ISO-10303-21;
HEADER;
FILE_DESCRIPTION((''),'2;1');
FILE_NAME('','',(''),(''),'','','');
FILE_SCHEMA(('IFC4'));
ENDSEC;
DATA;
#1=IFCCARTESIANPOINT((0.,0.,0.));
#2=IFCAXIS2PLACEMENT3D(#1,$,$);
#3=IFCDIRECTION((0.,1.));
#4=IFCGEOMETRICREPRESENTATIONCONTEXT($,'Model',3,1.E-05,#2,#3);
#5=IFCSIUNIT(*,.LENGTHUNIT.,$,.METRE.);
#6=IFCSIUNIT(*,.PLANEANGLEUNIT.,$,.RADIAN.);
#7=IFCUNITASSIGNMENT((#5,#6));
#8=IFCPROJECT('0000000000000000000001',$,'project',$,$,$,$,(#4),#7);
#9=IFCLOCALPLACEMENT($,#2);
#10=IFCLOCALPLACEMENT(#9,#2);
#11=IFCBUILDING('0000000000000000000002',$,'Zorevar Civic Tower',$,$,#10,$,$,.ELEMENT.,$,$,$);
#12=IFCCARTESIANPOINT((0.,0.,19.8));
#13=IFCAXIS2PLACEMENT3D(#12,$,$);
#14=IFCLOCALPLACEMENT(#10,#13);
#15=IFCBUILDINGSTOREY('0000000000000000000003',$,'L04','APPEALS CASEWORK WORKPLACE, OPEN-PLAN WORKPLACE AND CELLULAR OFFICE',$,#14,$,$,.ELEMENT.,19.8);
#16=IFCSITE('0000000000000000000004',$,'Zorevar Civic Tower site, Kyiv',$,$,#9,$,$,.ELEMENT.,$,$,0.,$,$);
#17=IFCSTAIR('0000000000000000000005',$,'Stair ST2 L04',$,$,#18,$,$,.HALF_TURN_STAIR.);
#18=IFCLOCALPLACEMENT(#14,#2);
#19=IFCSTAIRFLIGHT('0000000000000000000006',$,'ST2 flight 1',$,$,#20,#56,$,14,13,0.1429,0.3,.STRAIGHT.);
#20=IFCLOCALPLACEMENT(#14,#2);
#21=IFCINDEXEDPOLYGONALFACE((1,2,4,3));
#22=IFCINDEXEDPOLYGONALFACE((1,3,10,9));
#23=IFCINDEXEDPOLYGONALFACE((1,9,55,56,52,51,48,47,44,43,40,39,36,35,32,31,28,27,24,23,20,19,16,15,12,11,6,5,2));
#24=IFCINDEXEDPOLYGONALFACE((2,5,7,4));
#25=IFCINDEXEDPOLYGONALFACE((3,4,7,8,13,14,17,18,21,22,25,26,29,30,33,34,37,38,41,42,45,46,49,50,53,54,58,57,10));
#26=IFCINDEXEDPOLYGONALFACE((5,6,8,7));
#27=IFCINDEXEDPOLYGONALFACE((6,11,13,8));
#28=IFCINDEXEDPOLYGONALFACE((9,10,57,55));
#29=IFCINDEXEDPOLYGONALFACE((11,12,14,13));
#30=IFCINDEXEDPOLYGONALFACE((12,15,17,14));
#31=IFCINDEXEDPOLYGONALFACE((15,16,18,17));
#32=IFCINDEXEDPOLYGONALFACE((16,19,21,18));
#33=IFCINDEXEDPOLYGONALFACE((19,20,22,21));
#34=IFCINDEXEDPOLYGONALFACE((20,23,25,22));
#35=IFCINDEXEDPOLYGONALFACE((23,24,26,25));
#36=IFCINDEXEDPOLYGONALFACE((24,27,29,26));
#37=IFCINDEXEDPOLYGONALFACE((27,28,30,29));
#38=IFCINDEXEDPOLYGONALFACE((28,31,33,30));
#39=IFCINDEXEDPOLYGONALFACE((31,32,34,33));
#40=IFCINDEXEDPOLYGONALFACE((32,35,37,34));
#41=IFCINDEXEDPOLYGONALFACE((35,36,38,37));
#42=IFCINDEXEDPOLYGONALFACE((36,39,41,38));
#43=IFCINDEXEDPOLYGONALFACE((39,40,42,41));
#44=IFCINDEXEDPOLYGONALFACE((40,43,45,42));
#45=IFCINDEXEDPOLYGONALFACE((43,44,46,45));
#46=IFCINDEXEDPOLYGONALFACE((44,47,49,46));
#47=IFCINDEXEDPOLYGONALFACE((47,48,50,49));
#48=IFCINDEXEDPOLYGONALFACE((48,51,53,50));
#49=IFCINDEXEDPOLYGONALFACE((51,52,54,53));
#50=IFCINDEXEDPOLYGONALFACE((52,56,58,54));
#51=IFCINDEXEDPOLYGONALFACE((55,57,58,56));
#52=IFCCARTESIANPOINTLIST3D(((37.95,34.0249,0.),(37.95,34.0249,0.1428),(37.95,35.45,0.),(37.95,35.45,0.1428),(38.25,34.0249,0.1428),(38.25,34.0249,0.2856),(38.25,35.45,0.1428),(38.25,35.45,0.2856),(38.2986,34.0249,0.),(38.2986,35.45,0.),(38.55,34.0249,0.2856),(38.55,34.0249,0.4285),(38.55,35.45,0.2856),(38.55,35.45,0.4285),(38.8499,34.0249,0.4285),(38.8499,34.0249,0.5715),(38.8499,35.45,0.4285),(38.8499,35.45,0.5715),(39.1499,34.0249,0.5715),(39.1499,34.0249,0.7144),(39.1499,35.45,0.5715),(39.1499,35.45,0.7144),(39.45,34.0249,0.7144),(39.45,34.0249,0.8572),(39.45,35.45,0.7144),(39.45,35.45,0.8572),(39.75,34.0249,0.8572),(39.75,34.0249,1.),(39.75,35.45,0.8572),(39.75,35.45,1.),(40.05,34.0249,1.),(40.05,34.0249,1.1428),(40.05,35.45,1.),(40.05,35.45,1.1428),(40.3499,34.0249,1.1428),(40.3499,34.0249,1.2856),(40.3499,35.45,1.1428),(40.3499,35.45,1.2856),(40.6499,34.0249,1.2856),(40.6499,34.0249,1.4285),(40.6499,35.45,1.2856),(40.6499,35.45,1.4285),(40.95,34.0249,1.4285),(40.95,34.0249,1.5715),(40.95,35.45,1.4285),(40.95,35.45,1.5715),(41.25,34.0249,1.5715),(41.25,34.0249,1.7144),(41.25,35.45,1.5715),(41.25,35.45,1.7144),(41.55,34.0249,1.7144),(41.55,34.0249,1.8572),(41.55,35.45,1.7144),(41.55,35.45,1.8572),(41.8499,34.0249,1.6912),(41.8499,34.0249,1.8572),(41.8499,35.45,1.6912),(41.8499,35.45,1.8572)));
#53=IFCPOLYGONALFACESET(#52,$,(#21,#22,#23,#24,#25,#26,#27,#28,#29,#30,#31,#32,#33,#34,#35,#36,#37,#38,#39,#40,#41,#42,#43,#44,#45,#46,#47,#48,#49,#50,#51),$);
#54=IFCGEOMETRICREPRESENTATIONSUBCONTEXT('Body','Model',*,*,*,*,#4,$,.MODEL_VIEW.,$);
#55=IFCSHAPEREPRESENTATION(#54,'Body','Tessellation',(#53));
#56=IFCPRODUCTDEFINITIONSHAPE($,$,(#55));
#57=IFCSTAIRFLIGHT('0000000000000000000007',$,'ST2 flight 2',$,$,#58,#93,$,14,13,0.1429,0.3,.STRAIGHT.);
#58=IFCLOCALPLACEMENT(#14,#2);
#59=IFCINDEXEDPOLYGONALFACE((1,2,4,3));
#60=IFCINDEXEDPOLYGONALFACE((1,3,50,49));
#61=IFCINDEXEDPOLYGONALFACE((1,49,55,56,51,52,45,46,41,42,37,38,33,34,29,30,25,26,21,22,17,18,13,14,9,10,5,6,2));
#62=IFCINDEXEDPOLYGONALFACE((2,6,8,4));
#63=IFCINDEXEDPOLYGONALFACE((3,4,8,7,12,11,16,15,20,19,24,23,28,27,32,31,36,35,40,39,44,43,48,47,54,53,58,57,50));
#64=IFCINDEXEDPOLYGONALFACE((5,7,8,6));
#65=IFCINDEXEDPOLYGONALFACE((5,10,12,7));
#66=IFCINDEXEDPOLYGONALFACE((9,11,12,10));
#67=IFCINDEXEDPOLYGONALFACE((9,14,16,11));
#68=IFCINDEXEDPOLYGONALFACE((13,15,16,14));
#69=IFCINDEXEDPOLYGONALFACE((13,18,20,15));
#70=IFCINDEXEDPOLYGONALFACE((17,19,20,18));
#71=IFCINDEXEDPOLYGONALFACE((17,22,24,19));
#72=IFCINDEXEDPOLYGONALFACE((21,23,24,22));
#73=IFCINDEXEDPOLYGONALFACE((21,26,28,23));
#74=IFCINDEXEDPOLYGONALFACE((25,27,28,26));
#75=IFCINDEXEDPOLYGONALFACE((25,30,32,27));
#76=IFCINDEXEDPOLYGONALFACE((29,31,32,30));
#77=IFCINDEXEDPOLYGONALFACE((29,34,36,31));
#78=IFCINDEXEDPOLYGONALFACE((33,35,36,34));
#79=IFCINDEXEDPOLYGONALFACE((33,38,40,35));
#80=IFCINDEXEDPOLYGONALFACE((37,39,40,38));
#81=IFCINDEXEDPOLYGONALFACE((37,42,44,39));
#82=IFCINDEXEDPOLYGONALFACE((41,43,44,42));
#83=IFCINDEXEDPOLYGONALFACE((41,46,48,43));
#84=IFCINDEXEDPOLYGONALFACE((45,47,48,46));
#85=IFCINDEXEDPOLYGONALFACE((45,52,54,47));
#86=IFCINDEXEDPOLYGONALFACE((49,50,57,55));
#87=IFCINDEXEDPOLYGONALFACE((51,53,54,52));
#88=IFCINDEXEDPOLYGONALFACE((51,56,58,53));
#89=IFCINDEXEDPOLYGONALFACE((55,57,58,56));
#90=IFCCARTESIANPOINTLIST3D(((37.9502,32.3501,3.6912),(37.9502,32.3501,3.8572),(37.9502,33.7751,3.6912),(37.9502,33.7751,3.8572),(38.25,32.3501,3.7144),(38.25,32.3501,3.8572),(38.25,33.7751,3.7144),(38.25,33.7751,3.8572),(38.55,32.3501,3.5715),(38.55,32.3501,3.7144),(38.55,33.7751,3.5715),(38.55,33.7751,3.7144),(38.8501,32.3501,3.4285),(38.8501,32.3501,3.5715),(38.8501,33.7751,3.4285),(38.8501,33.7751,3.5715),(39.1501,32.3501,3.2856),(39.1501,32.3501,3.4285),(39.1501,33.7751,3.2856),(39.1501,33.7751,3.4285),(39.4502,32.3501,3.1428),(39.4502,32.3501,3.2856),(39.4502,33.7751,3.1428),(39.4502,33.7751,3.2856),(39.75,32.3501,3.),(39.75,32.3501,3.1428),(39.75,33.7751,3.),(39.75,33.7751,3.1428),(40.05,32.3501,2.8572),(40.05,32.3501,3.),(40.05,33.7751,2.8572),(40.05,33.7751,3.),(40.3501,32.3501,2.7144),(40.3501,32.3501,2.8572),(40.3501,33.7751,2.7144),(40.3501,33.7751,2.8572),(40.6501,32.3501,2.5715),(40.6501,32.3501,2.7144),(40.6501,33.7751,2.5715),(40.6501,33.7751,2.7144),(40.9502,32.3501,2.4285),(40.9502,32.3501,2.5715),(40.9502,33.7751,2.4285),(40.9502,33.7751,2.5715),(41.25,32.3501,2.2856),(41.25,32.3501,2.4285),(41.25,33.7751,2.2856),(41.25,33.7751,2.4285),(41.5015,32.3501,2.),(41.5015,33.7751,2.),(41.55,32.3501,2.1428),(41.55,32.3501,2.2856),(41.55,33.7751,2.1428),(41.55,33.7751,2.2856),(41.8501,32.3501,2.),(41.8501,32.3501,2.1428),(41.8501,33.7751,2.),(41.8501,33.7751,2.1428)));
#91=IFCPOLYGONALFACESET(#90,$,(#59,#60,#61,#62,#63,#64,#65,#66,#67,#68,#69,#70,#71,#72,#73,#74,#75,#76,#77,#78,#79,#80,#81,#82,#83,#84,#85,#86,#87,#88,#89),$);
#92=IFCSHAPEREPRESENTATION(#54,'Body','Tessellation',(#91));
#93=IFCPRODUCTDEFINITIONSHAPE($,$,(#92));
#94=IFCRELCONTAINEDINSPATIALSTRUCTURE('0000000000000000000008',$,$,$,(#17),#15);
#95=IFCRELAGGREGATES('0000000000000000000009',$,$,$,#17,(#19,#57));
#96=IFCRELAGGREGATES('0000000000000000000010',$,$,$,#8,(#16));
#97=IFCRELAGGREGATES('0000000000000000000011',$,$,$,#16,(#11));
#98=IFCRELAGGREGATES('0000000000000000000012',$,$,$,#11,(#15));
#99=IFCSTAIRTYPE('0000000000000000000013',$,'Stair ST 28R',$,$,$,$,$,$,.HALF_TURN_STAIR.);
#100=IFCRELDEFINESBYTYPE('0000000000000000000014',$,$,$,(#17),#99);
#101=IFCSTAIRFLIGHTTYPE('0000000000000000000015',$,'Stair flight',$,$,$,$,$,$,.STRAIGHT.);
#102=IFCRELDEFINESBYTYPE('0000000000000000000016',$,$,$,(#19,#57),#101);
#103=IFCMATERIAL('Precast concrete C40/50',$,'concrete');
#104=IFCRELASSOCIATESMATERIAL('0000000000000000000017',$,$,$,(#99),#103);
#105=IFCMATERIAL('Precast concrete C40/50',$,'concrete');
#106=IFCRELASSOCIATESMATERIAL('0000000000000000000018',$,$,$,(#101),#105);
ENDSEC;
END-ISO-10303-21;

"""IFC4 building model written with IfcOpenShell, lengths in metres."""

from ifc_helpers import new_model, si_unit, direction, frame, origin, place, context, subcontext, project, spatial, polyline, outline, extrude, material, type_object, element, aggregate, save


model = new_model("IFC4")

# Units and contexts
model_context = context("Model", 3, precision=1e-05, world=origin(), true_north=direction((0.0, 1.0)))
body_context = subcontext(model_context, "Body", "Model", "MODEL_VIEW")
ifc_project = project(units=[si_unit("LENGTHUNIT", "METRE"), si_unit("PLANEANGLEUNIT", "RADIAN")], contexts=[model_context])

# Site, building, storey
site_placement = place(None, origin())
site = spatial("IfcSite", under=ifc_project, at=site_placement, Name="Zorevar Civic Tower site, Kyiv", CompositionType="ELEMENT", RefElevation=0.0)
building_placement = place(site_placement, origin())
building = spatial("IfcBuilding", under=site, at=building_placement, Name="Zorevar Civic Tower", CompositionType="ELEMENT")
storey_placement = place(building_placement, frame((0.0, 0.0, 19.8)))
storey = spatial("IfcBuildingStorey", under=building, at=storey_placement, Name="L04", Description="APPEALS CASEWORK WORKPLACE, OPEN-PLAN WORKPLACE AND CELLULAR OFFICE", CompositionType="ELEMENT", Elevation=19.8)

# Stair, stair flights
ifc_material_1 = material(Name="Precast concrete C40/50", Category="concrete")
stair_type = type_object("IfcStairType", Name="Stair ST 28R", PredefinedType="HALF_TURN_STAIR", material=ifc_material_1)
stair_placement = place(storey_placement, origin())
stair = element("IfcStair", 1, at=stair_placement, inside=storey, type_object=stair_type, Name="Stair ST2 L04", PredefinedType="HALF_TURN_STAIR")
ifc_material_2 = material(Name="Precast concrete C40/50", Category="concrete")
stair_flight_type = type_object("IfcStairFlightType", Name="Stair flight", PredefinedType="STRAIGHT", material=ifc_material_2)
stair_flight_1_placement = place(storey_placement, frame((37.95, 34.7375, 0.0), z_axis=(0.0, 0.0, 1.0), x_axis=(1.0, 0.0, 0.0)))
stair_flight_1 = element("IfcStairFlight", 2, at=stair_flight_1_placement, type_object=stair_flight_type, Name="ST2 flight 1", NumberOfRisers=14, NumberOfTreads=13, PredefinedType="STRAIGHT", RiserHeight=0.1429, TreadLength=0.3, context=body_context, shape_type="SweptSolid", body=[
    extrude(outline(polyline([(0.0, 0.0), (0.0, 0.1428), (0.3, 0.1428), (0.3, 0.2856), (0.6001, 0.2856), (0.6001, 0.4285), (0.8999, 0.4285), (0.8999, 0.5715), (1.2, 0.5715), (1.2, 0.7144), (1.5, 0.7144), (1.5, 0.8572), (1.8, 0.8572), (1.8, 1.0), (2.1001, 1.0), (2.1001, 1.1428), (2.3999, 1.1428), (2.3999, 1.2856), (2.7, 1.2856), (2.7, 1.4285), (3.0, 1.4285), (3.0, 1.5715), (3.3, 1.5715), (3.3, 1.7144), (3.6001, 1.7144), (3.6001, 1.8572), (3.8999, 1.8572), (3.8999, 2.0), (3.8999, 1.6912), (0.3486, 0.0), (0.0, 0.0)])), frame((0.0, 0.7124, 0.0), z_axis=(0.0, -1.0, 0.0), x_axis=(1.0, 0.0, 0.0)), (0.0, 0.0, 1.0), 1.425),
])
stair_flight_2_placement = place(storey_placement, frame((41.8501, 33.0625, 2.0), z_axis=(0.0, 0.0, 1.0), x_axis=(-1.0, 0.0, 0.0)))
stair_flight_2 = element("IfcStairFlight", 3, at=stair_flight_2_placement, type_object=stair_flight_type, Name="ST2 flight 2", NumberOfRisers=14, NumberOfTreads=13, PredefinedType="STRAIGHT", RiserHeight=0.1429, TreadLength=0.3, context=body_context, shape_type="SweptSolid", body=[
    extrude(outline(polyline([(0.0, 0.0), (0.0, 0.1428), (0.3, 0.1428), (0.3, 0.2856), (0.6001, 0.2856), (0.6001, 0.4285), (0.8999, 0.4285), (0.8999, 0.5715), (1.2, 0.5715), (1.2, 0.7144), (1.5, 0.7144), (1.5, 0.8572), (1.8, 0.8572), (1.8, 1.0), (2.1001, 1.0), (2.1001, 1.1428), (2.3999, 1.1428), (2.3999, 1.2856), (2.7, 1.2856), (2.7, 1.4285), (3.0, 1.4285), (3.0, 1.5715), (3.3, 1.5715), (3.3, 1.7144), (3.6001, 1.7144), (3.6001, 1.8572), (3.8999, 1.8572), (3.8999, 2.0), (3.8999, 1.6912), (0.3486, 0.0), (0.0, 0.0)])), frame((0.0, 0.7124, 0.0), z_axis=(0.0, -1.0, 0.0), x_axis=(1.0, 0.0, 0.0)), (0.0, 0.0, 1.0), 1.425),
])
aggregate(stair, [stair_flight_1, stair_flight_2])

save(model, "model.ifc")
